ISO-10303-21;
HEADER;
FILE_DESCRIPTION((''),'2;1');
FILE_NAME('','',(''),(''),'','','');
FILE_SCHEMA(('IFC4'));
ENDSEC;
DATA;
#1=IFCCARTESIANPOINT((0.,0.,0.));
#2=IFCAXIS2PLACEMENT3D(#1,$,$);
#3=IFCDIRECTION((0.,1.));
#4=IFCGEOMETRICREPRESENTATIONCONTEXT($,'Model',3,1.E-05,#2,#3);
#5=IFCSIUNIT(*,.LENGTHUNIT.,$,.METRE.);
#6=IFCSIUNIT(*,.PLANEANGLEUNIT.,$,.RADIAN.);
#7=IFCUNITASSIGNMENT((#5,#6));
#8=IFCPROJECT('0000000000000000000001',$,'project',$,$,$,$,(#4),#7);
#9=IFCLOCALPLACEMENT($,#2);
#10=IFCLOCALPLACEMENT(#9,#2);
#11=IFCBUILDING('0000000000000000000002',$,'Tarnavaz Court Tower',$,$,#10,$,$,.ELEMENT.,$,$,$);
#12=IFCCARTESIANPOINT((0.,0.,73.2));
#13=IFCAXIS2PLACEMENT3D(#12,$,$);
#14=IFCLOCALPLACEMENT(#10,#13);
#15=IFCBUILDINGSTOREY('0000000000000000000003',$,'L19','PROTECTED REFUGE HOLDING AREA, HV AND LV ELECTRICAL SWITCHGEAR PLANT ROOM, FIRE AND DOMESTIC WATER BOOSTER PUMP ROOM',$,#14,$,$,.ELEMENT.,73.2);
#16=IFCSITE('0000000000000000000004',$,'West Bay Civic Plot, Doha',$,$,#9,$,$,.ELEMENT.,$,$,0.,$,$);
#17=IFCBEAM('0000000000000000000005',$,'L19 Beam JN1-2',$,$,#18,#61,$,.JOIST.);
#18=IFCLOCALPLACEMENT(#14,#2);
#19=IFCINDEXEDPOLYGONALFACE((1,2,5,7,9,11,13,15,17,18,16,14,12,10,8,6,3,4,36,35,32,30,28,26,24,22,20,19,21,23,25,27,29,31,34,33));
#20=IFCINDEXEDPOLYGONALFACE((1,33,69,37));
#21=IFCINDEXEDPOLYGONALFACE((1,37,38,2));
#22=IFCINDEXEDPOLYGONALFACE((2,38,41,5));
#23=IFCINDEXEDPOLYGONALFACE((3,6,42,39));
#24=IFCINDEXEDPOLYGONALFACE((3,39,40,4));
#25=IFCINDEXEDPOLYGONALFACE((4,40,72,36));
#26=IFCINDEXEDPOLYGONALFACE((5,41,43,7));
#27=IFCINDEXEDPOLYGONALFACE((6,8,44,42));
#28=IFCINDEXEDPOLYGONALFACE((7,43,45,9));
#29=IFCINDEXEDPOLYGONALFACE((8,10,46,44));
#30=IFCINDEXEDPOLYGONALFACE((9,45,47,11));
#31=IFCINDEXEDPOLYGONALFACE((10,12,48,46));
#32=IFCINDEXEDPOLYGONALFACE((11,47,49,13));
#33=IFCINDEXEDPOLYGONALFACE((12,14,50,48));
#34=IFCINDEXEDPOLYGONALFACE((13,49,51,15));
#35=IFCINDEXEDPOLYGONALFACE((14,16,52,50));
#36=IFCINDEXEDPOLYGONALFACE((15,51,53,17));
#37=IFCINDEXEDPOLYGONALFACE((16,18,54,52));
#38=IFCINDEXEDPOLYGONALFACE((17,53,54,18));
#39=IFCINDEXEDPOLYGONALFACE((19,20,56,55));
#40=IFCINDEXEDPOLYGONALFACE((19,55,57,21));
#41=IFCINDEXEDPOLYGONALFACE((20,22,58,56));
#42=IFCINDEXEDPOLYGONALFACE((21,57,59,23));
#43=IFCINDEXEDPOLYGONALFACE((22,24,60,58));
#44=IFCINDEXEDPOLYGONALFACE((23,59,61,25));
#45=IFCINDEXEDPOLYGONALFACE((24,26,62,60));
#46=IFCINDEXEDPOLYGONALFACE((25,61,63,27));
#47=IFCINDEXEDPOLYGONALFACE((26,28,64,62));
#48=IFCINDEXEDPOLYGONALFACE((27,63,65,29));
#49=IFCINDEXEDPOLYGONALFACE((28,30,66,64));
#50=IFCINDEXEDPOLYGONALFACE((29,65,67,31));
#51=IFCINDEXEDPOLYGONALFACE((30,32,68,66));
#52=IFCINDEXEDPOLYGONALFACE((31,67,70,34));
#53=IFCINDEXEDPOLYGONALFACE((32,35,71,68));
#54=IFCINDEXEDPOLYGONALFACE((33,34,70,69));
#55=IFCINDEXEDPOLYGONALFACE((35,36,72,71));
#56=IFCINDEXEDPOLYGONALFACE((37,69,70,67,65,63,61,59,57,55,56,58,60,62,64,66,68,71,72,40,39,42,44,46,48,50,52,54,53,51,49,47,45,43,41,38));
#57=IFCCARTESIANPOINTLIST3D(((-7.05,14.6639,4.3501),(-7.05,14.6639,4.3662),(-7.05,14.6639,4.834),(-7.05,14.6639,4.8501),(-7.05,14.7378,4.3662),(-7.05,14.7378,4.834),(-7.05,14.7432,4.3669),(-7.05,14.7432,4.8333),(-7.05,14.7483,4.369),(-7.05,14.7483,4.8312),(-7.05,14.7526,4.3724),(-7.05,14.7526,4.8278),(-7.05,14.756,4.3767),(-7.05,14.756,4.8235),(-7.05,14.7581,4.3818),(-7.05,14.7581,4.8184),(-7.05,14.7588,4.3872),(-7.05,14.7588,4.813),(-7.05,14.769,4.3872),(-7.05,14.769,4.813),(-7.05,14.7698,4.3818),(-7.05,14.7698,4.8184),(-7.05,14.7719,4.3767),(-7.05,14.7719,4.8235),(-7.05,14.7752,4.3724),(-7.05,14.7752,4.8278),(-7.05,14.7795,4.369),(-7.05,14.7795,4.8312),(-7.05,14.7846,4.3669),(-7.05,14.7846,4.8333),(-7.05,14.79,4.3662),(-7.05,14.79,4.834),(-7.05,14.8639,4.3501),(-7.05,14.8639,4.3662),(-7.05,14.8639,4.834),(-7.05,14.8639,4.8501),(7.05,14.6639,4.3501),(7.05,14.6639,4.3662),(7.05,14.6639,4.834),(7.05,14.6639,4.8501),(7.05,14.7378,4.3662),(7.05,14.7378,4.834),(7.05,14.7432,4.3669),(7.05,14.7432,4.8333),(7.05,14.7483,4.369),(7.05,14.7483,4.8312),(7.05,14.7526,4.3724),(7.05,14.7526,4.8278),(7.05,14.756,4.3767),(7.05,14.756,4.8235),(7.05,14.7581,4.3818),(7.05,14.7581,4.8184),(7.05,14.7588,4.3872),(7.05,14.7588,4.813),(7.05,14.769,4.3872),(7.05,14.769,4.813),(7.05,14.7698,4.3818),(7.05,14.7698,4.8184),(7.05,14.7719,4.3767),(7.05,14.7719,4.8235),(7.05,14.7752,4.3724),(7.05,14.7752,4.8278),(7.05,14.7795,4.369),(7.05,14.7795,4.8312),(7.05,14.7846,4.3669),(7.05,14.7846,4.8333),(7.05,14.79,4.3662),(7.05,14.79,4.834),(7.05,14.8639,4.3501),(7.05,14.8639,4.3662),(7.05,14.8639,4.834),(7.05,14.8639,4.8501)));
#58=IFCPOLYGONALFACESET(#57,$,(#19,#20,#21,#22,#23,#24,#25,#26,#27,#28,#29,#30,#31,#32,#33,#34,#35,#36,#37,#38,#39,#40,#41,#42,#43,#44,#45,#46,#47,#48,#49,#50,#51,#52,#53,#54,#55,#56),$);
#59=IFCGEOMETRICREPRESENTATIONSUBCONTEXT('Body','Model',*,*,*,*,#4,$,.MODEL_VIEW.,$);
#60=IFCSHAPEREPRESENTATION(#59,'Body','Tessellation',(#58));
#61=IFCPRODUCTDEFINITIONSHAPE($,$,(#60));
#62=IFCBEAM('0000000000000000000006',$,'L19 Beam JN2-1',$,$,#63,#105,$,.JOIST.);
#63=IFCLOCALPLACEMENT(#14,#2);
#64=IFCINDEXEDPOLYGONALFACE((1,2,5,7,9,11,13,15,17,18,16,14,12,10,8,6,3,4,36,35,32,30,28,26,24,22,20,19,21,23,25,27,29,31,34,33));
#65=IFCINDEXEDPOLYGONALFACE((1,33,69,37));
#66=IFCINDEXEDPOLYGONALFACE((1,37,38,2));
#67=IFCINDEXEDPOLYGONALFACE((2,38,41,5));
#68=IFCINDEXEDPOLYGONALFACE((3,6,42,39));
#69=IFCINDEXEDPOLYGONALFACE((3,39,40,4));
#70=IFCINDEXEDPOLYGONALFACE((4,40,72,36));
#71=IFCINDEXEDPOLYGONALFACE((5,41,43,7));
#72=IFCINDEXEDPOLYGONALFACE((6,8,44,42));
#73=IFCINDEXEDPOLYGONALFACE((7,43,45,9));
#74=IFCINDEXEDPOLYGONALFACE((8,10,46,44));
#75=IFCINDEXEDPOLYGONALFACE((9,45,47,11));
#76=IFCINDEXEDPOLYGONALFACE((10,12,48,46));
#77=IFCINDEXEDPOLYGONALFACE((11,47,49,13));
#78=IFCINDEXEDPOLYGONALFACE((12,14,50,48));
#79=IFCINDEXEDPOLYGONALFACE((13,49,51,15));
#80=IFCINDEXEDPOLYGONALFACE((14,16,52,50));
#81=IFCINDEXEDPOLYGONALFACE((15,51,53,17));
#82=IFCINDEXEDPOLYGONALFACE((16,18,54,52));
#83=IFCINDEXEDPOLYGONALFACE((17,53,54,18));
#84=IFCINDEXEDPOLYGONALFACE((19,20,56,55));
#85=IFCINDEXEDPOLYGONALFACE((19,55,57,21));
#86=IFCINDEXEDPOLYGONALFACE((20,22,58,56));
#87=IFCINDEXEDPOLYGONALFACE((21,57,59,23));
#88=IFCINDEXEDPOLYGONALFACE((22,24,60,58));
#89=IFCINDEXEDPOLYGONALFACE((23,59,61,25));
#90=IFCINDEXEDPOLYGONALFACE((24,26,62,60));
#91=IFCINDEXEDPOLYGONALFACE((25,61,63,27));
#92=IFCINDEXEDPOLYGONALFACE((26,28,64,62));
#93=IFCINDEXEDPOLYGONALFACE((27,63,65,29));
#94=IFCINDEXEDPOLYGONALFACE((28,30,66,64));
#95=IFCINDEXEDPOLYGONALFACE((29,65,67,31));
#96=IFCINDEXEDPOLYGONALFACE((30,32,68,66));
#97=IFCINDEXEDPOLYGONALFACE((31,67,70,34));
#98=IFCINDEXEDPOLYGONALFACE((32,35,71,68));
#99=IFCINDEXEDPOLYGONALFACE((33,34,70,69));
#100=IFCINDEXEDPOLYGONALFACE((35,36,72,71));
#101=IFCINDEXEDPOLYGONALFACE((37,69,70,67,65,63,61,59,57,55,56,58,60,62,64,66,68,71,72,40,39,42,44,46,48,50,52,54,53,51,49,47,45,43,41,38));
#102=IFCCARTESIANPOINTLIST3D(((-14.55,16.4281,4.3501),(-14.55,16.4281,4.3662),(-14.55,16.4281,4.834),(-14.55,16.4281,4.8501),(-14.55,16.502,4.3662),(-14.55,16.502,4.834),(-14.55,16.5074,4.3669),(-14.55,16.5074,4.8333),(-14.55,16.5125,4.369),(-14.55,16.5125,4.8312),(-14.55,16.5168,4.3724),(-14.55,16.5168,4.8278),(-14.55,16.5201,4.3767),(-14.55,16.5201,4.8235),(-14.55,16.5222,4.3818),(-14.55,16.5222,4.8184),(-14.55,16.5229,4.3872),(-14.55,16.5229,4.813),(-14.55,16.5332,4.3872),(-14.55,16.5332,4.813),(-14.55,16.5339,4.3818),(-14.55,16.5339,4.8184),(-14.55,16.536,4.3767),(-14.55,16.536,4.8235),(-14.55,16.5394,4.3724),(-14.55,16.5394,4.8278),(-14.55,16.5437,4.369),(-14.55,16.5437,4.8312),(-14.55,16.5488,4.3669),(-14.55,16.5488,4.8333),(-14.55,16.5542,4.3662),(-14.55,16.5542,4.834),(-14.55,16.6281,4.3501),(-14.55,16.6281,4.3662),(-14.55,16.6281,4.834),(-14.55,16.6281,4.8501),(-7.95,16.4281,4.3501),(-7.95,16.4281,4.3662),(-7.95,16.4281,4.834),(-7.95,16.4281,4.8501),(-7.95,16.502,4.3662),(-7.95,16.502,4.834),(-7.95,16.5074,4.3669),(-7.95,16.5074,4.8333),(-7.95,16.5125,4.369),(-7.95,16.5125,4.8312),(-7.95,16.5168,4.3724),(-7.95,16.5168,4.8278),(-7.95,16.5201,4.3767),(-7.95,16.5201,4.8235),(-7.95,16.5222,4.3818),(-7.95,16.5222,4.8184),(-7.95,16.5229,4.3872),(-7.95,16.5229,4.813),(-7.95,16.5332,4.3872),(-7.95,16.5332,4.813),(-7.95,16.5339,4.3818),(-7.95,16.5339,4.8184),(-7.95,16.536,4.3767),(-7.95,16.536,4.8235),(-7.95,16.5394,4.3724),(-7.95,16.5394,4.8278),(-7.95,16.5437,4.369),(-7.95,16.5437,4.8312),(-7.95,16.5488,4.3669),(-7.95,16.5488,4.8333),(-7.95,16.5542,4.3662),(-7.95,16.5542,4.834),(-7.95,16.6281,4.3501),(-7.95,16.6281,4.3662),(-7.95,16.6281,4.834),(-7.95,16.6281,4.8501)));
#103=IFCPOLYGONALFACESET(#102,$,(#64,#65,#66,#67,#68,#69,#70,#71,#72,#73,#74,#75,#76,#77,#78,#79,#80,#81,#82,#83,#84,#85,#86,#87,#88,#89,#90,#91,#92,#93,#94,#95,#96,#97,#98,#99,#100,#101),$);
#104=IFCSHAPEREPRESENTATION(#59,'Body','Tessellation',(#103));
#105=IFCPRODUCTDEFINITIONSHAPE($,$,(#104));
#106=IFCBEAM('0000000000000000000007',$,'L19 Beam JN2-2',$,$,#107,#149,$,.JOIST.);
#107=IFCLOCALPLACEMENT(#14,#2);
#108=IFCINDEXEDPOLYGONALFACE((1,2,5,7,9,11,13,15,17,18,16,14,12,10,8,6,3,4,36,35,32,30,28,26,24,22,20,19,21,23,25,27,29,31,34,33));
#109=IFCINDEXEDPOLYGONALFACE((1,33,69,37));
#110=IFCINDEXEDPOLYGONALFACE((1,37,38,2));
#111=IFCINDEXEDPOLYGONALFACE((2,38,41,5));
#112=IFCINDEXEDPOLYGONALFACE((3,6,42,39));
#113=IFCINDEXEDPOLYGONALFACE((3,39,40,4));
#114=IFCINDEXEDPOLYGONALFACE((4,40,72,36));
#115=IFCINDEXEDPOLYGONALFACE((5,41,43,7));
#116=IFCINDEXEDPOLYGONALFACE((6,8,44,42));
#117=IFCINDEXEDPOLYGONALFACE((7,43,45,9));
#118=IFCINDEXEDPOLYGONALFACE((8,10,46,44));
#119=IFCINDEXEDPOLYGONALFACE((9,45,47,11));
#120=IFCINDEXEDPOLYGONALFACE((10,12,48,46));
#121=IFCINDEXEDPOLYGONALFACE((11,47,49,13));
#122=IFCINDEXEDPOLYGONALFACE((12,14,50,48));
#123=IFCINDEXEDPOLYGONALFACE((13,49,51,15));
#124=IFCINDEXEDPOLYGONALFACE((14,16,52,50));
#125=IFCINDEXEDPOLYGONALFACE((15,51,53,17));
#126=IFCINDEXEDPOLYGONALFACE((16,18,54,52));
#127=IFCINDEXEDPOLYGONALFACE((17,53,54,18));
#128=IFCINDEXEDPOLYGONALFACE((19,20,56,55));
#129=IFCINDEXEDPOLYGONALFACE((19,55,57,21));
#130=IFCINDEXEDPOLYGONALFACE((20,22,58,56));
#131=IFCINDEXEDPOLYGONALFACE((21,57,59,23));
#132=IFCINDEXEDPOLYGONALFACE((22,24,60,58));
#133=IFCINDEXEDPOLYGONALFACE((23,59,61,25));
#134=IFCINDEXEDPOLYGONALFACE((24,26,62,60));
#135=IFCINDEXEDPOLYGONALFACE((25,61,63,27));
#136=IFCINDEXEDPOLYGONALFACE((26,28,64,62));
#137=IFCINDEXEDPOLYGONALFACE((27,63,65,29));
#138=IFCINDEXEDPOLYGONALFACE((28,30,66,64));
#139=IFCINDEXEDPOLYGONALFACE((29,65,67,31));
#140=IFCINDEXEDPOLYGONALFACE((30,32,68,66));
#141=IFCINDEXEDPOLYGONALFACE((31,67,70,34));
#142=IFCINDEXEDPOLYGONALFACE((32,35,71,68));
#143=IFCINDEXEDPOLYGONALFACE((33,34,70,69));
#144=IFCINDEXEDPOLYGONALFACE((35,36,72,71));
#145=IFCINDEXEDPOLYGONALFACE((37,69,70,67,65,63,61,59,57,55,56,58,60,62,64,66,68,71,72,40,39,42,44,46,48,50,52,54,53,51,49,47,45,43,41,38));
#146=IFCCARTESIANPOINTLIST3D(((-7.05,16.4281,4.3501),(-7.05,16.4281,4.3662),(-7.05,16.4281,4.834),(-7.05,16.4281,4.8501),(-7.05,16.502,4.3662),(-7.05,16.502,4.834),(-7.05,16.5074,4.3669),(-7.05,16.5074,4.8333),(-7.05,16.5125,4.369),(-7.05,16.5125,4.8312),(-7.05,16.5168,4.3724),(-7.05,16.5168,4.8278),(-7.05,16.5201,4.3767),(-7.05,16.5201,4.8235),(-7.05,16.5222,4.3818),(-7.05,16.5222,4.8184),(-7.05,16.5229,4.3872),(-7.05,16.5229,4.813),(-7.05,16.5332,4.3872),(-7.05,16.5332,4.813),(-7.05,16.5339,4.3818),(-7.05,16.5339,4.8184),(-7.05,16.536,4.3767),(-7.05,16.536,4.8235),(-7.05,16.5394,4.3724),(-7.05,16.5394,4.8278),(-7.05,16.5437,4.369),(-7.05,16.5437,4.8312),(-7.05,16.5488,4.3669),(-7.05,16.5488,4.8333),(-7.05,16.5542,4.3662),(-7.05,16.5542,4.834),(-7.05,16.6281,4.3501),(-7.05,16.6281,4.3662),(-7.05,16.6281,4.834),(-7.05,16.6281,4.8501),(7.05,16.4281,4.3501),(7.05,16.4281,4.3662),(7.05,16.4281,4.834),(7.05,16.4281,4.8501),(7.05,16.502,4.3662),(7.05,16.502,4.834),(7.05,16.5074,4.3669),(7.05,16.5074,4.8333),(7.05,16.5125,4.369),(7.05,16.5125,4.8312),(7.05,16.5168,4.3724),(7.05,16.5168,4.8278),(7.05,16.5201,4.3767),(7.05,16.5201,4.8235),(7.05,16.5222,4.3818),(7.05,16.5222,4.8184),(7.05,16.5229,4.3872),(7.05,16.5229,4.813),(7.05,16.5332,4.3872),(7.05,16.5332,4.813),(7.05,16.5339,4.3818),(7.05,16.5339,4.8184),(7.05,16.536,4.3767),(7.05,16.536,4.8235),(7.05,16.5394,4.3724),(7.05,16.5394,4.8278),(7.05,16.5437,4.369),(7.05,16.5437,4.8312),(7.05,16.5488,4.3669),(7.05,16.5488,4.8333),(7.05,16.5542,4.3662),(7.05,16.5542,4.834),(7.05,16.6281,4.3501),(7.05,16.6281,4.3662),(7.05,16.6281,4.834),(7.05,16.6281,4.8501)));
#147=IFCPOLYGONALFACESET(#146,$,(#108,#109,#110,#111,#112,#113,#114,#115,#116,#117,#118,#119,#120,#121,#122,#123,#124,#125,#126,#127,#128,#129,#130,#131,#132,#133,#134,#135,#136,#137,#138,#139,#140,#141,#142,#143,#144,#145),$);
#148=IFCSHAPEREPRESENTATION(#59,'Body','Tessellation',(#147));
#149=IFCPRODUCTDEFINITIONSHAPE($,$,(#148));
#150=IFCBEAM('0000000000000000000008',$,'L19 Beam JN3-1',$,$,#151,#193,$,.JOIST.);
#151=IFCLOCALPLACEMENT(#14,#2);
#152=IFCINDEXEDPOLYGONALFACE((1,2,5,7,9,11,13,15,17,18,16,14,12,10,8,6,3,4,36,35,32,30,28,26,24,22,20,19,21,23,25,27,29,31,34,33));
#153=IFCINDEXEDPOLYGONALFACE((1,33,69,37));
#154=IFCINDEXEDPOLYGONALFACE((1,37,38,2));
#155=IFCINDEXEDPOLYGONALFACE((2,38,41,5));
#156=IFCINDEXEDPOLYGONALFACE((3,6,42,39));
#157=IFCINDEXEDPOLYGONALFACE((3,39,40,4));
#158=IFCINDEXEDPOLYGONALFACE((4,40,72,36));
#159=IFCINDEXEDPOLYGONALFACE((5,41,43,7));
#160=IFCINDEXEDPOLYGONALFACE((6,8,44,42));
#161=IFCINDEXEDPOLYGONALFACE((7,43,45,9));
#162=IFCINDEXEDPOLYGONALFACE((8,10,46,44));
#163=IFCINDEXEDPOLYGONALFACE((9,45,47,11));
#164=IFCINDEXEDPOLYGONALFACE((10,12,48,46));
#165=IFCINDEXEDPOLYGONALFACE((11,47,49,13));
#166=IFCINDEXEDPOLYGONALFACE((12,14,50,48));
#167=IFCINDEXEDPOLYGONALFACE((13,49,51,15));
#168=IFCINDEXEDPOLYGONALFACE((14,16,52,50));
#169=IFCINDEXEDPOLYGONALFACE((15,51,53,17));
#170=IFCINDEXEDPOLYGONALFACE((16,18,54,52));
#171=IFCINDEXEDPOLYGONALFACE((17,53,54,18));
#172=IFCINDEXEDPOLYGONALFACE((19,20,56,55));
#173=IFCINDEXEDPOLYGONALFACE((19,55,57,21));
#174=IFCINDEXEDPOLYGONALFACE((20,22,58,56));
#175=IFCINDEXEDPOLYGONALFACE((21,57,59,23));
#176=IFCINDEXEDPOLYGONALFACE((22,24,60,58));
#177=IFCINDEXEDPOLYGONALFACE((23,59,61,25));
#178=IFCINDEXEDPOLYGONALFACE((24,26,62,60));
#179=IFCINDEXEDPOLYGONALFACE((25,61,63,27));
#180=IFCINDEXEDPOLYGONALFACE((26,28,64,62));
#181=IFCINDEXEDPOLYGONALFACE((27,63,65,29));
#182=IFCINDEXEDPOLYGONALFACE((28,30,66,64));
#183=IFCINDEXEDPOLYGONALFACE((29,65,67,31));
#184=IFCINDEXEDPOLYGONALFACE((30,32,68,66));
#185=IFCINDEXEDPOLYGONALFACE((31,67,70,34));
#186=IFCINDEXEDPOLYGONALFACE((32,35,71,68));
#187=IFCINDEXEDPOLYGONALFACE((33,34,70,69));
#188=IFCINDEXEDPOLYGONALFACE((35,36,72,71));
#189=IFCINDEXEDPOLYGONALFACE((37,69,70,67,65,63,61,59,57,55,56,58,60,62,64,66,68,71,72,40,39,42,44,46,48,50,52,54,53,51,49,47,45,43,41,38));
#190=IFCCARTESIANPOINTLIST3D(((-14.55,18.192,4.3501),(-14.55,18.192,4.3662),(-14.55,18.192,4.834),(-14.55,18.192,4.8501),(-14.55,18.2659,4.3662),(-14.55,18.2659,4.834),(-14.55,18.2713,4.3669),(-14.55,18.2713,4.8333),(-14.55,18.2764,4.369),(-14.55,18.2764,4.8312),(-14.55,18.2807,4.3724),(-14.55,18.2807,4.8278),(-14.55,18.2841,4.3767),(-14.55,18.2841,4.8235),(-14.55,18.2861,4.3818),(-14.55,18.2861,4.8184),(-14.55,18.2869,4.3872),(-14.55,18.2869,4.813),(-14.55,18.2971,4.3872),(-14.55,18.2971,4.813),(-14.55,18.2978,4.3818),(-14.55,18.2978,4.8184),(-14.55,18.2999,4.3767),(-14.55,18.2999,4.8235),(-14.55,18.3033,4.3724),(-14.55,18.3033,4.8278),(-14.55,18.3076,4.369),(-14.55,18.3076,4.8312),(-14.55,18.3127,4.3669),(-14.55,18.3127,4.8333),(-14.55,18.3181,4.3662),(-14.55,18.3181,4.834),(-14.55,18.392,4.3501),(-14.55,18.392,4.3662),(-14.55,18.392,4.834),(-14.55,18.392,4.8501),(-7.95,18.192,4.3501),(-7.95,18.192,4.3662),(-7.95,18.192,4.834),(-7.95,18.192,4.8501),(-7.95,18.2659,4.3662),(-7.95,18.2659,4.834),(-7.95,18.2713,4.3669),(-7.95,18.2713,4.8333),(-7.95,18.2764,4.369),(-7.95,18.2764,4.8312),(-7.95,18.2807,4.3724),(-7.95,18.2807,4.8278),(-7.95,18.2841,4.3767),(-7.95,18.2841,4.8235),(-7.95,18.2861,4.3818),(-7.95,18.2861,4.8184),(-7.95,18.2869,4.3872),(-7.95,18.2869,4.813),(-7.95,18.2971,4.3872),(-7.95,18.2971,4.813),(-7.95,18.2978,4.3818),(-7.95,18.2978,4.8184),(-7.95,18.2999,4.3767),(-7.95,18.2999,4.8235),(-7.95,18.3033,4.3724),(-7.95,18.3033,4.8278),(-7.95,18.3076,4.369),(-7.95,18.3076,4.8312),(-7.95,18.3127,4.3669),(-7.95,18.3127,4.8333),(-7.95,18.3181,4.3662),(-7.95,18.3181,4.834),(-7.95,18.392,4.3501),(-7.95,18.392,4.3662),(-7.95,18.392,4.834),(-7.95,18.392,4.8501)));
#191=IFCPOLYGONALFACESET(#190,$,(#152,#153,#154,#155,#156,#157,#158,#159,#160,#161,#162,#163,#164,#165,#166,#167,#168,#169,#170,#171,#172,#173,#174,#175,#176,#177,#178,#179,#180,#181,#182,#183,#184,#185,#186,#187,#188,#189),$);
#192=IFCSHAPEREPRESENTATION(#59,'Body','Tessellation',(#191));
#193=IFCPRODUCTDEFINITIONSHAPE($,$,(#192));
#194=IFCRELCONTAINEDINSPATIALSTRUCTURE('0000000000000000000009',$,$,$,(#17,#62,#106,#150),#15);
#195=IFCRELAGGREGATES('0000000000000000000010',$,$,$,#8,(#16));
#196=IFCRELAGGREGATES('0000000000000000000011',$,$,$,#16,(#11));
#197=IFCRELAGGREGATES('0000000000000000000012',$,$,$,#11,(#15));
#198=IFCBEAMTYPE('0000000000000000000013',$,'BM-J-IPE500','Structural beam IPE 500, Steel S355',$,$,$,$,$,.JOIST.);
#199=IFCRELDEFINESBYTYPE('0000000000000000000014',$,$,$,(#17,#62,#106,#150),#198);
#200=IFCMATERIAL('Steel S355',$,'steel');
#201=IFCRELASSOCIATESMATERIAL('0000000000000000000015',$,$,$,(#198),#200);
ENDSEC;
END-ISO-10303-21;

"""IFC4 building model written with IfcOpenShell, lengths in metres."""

from ifc_helpers import new_model, si_unit, direction, frame, origin, origin_2d, place, context, subcontext, project, spatial, i_section, extrude, material, material_profile, profile_set, type_object, element, save


model = new_model("IFC4")

# Units and contexts
model_context = context("Model", 3, precision=1e-05, world=origin(), true_north=direction((0.0, 1.0)))
body_context = subcontext(model_context, "Body", "Model", "MODEL_VIEW")
ifc_project = project(units=[si_unit("LENGTHUNIT", "METRE"), si_unit("PLANEANGLEUNIT", "RADIAN")], contexts=[model_context])

# Site, building, storey
site_placement = place(None, origin())
site = spatial("IfcSite", under=ifc_project, at=site_placement, Name="West Bay Civic Plot, Doha", CompositionType="ELEMENT", RefElevation=0.0)
building_placement = place(site_placement, origin())
building = spatial("IfcBuilding", under=site, at=building_placement, Name="Tarnavaz Court Tower", CompositionType="ELEMENT")
storey_placement = place(building_placement, frame((0.0, 0.0, 73.2)))
storey = spatial("IfcBuildingStorey", under=building, at=storey_placement, Name="L19", Description="PROTECTED REFUGE HOLDING AREA, HV AND LV ELECTRICAL SWITCHGEAR PLANT ROOM, FIRE AND DOMESTIC WATER BOOSTER PUMP ROOM", CompositionType="ELEMENT", Elevation=73.2)

# Beams
ifc_material_1 = material(Name="Steel S355", Category="steel")
ifc_material_profile_1 = material_profile(ifc_material_1, i_section(OverallWidth=0.2, OverallDepth=0.5, WebThickness=0.0103, FlangeThickness=0.0161, FilletRadius=0.021, at=origin_2d()), Name="IPE 500")
ifc_profile_set_1 = profile_set([ifc_material_profile_1], Name="Steel S355")
beam_type_1 = type_object("IfcBeamType", Name="BM-J-IPE500", Description="Structural beam IPE 500, Steel S355", PredefinedType="JOIST", material=ifc_profile_set_1)
beam_1_placement = place(storey_placement, frame((-7.05, 14.7639, 4.6001), z_axis=(1.0, 0.0, 0.0), x_axis=(0.0, 1.0, 0.0)))
element("IfcBeam", 1, at=beam_1_placement, inside=storey, type_object=beam_type_1, Name="L19 Beam JN1-2", PredefinedType="JOIST", context=body_context, shape_type="SweptSolid", body=[
    extrude(i_section(OverallWidth=0.2, OverallDepth=0.5, WebThickness=0.0103, FlangeThickness=0.0161, FilletRadius=0.021, at=origin_2d()), origin(), (0.0, 0.0, 1.0), 14.1001),
])
beam_2_placement = place(storey_placement, frame((-14.55, 16.5281, 4.6001), z_axis=(1.0, 0.0, 0.0), x_axis=(0.0, 1.0, 0.0)))
element("IfcBeam", 2, at=beam_2_placement, inside=storey, type_object=beam_type_1, Name="L19 Beam JN2-1", PredefinedType="JOIST", context=body_context, shape_type="SweptSolid", body=[
    extrude(i_section(OverallWidth=0.2, OverallDepth=0.5, WebThickness=0.0103, FlangeThickness=0.0161, FilletRadius=0.021, at=origin_2d()), origin(), (0.0, 0.0, 1.0), 6.6001),
])
beam_3_placement = place(storey_placement, frame((-7.05, 16.5281, 4.6001), z_axis=(1.0, 0.0, 0.0), x_axis=(0.0, 1.0, 0.0)))
element("IfcBeam", 3, at=beam_3_placement, inside=storey, type_object=beam_type_1, Name="L19 Beam JN2-2", PredefinedType="JOIST", context=body_context, shape_type="SweptSolid", body=[
    extrude(i_section(OverallWidth=0.2, OverallDepth=0.5, WebThickness=0.0103, FlangeThickness=0.0161, FilletRadius=0.021, at=origin_2d()), origin(), (0.0, 0.0, 1.0), 14.1001),
])
beam_4_placement = place(storey_placement, frame((-14.55, 18.292, 4.6001), z_axis=(1.0, 0.0, 0.0), x_axis=(0.0, 1.0, 0.0)))
element("IfcBeam", 4, at=beam_4_placement, inside=storey, type_object=beam_type_1, Name="L19 Beam JN3-1", PredefinedType="JOIST", context=body_context, shape_type="SweptSolid", body=[
    extrude(i_section(OverallWidth=0.2, OverallDepth=0.5, WebThickness=0.0103, FlangeThickness=0.0161, FilletRadius=0.021, at=origin_2d()), origin(), (0.0, 0.0, 1.0), 6.6001),
])

save(model, "model.ifc")
